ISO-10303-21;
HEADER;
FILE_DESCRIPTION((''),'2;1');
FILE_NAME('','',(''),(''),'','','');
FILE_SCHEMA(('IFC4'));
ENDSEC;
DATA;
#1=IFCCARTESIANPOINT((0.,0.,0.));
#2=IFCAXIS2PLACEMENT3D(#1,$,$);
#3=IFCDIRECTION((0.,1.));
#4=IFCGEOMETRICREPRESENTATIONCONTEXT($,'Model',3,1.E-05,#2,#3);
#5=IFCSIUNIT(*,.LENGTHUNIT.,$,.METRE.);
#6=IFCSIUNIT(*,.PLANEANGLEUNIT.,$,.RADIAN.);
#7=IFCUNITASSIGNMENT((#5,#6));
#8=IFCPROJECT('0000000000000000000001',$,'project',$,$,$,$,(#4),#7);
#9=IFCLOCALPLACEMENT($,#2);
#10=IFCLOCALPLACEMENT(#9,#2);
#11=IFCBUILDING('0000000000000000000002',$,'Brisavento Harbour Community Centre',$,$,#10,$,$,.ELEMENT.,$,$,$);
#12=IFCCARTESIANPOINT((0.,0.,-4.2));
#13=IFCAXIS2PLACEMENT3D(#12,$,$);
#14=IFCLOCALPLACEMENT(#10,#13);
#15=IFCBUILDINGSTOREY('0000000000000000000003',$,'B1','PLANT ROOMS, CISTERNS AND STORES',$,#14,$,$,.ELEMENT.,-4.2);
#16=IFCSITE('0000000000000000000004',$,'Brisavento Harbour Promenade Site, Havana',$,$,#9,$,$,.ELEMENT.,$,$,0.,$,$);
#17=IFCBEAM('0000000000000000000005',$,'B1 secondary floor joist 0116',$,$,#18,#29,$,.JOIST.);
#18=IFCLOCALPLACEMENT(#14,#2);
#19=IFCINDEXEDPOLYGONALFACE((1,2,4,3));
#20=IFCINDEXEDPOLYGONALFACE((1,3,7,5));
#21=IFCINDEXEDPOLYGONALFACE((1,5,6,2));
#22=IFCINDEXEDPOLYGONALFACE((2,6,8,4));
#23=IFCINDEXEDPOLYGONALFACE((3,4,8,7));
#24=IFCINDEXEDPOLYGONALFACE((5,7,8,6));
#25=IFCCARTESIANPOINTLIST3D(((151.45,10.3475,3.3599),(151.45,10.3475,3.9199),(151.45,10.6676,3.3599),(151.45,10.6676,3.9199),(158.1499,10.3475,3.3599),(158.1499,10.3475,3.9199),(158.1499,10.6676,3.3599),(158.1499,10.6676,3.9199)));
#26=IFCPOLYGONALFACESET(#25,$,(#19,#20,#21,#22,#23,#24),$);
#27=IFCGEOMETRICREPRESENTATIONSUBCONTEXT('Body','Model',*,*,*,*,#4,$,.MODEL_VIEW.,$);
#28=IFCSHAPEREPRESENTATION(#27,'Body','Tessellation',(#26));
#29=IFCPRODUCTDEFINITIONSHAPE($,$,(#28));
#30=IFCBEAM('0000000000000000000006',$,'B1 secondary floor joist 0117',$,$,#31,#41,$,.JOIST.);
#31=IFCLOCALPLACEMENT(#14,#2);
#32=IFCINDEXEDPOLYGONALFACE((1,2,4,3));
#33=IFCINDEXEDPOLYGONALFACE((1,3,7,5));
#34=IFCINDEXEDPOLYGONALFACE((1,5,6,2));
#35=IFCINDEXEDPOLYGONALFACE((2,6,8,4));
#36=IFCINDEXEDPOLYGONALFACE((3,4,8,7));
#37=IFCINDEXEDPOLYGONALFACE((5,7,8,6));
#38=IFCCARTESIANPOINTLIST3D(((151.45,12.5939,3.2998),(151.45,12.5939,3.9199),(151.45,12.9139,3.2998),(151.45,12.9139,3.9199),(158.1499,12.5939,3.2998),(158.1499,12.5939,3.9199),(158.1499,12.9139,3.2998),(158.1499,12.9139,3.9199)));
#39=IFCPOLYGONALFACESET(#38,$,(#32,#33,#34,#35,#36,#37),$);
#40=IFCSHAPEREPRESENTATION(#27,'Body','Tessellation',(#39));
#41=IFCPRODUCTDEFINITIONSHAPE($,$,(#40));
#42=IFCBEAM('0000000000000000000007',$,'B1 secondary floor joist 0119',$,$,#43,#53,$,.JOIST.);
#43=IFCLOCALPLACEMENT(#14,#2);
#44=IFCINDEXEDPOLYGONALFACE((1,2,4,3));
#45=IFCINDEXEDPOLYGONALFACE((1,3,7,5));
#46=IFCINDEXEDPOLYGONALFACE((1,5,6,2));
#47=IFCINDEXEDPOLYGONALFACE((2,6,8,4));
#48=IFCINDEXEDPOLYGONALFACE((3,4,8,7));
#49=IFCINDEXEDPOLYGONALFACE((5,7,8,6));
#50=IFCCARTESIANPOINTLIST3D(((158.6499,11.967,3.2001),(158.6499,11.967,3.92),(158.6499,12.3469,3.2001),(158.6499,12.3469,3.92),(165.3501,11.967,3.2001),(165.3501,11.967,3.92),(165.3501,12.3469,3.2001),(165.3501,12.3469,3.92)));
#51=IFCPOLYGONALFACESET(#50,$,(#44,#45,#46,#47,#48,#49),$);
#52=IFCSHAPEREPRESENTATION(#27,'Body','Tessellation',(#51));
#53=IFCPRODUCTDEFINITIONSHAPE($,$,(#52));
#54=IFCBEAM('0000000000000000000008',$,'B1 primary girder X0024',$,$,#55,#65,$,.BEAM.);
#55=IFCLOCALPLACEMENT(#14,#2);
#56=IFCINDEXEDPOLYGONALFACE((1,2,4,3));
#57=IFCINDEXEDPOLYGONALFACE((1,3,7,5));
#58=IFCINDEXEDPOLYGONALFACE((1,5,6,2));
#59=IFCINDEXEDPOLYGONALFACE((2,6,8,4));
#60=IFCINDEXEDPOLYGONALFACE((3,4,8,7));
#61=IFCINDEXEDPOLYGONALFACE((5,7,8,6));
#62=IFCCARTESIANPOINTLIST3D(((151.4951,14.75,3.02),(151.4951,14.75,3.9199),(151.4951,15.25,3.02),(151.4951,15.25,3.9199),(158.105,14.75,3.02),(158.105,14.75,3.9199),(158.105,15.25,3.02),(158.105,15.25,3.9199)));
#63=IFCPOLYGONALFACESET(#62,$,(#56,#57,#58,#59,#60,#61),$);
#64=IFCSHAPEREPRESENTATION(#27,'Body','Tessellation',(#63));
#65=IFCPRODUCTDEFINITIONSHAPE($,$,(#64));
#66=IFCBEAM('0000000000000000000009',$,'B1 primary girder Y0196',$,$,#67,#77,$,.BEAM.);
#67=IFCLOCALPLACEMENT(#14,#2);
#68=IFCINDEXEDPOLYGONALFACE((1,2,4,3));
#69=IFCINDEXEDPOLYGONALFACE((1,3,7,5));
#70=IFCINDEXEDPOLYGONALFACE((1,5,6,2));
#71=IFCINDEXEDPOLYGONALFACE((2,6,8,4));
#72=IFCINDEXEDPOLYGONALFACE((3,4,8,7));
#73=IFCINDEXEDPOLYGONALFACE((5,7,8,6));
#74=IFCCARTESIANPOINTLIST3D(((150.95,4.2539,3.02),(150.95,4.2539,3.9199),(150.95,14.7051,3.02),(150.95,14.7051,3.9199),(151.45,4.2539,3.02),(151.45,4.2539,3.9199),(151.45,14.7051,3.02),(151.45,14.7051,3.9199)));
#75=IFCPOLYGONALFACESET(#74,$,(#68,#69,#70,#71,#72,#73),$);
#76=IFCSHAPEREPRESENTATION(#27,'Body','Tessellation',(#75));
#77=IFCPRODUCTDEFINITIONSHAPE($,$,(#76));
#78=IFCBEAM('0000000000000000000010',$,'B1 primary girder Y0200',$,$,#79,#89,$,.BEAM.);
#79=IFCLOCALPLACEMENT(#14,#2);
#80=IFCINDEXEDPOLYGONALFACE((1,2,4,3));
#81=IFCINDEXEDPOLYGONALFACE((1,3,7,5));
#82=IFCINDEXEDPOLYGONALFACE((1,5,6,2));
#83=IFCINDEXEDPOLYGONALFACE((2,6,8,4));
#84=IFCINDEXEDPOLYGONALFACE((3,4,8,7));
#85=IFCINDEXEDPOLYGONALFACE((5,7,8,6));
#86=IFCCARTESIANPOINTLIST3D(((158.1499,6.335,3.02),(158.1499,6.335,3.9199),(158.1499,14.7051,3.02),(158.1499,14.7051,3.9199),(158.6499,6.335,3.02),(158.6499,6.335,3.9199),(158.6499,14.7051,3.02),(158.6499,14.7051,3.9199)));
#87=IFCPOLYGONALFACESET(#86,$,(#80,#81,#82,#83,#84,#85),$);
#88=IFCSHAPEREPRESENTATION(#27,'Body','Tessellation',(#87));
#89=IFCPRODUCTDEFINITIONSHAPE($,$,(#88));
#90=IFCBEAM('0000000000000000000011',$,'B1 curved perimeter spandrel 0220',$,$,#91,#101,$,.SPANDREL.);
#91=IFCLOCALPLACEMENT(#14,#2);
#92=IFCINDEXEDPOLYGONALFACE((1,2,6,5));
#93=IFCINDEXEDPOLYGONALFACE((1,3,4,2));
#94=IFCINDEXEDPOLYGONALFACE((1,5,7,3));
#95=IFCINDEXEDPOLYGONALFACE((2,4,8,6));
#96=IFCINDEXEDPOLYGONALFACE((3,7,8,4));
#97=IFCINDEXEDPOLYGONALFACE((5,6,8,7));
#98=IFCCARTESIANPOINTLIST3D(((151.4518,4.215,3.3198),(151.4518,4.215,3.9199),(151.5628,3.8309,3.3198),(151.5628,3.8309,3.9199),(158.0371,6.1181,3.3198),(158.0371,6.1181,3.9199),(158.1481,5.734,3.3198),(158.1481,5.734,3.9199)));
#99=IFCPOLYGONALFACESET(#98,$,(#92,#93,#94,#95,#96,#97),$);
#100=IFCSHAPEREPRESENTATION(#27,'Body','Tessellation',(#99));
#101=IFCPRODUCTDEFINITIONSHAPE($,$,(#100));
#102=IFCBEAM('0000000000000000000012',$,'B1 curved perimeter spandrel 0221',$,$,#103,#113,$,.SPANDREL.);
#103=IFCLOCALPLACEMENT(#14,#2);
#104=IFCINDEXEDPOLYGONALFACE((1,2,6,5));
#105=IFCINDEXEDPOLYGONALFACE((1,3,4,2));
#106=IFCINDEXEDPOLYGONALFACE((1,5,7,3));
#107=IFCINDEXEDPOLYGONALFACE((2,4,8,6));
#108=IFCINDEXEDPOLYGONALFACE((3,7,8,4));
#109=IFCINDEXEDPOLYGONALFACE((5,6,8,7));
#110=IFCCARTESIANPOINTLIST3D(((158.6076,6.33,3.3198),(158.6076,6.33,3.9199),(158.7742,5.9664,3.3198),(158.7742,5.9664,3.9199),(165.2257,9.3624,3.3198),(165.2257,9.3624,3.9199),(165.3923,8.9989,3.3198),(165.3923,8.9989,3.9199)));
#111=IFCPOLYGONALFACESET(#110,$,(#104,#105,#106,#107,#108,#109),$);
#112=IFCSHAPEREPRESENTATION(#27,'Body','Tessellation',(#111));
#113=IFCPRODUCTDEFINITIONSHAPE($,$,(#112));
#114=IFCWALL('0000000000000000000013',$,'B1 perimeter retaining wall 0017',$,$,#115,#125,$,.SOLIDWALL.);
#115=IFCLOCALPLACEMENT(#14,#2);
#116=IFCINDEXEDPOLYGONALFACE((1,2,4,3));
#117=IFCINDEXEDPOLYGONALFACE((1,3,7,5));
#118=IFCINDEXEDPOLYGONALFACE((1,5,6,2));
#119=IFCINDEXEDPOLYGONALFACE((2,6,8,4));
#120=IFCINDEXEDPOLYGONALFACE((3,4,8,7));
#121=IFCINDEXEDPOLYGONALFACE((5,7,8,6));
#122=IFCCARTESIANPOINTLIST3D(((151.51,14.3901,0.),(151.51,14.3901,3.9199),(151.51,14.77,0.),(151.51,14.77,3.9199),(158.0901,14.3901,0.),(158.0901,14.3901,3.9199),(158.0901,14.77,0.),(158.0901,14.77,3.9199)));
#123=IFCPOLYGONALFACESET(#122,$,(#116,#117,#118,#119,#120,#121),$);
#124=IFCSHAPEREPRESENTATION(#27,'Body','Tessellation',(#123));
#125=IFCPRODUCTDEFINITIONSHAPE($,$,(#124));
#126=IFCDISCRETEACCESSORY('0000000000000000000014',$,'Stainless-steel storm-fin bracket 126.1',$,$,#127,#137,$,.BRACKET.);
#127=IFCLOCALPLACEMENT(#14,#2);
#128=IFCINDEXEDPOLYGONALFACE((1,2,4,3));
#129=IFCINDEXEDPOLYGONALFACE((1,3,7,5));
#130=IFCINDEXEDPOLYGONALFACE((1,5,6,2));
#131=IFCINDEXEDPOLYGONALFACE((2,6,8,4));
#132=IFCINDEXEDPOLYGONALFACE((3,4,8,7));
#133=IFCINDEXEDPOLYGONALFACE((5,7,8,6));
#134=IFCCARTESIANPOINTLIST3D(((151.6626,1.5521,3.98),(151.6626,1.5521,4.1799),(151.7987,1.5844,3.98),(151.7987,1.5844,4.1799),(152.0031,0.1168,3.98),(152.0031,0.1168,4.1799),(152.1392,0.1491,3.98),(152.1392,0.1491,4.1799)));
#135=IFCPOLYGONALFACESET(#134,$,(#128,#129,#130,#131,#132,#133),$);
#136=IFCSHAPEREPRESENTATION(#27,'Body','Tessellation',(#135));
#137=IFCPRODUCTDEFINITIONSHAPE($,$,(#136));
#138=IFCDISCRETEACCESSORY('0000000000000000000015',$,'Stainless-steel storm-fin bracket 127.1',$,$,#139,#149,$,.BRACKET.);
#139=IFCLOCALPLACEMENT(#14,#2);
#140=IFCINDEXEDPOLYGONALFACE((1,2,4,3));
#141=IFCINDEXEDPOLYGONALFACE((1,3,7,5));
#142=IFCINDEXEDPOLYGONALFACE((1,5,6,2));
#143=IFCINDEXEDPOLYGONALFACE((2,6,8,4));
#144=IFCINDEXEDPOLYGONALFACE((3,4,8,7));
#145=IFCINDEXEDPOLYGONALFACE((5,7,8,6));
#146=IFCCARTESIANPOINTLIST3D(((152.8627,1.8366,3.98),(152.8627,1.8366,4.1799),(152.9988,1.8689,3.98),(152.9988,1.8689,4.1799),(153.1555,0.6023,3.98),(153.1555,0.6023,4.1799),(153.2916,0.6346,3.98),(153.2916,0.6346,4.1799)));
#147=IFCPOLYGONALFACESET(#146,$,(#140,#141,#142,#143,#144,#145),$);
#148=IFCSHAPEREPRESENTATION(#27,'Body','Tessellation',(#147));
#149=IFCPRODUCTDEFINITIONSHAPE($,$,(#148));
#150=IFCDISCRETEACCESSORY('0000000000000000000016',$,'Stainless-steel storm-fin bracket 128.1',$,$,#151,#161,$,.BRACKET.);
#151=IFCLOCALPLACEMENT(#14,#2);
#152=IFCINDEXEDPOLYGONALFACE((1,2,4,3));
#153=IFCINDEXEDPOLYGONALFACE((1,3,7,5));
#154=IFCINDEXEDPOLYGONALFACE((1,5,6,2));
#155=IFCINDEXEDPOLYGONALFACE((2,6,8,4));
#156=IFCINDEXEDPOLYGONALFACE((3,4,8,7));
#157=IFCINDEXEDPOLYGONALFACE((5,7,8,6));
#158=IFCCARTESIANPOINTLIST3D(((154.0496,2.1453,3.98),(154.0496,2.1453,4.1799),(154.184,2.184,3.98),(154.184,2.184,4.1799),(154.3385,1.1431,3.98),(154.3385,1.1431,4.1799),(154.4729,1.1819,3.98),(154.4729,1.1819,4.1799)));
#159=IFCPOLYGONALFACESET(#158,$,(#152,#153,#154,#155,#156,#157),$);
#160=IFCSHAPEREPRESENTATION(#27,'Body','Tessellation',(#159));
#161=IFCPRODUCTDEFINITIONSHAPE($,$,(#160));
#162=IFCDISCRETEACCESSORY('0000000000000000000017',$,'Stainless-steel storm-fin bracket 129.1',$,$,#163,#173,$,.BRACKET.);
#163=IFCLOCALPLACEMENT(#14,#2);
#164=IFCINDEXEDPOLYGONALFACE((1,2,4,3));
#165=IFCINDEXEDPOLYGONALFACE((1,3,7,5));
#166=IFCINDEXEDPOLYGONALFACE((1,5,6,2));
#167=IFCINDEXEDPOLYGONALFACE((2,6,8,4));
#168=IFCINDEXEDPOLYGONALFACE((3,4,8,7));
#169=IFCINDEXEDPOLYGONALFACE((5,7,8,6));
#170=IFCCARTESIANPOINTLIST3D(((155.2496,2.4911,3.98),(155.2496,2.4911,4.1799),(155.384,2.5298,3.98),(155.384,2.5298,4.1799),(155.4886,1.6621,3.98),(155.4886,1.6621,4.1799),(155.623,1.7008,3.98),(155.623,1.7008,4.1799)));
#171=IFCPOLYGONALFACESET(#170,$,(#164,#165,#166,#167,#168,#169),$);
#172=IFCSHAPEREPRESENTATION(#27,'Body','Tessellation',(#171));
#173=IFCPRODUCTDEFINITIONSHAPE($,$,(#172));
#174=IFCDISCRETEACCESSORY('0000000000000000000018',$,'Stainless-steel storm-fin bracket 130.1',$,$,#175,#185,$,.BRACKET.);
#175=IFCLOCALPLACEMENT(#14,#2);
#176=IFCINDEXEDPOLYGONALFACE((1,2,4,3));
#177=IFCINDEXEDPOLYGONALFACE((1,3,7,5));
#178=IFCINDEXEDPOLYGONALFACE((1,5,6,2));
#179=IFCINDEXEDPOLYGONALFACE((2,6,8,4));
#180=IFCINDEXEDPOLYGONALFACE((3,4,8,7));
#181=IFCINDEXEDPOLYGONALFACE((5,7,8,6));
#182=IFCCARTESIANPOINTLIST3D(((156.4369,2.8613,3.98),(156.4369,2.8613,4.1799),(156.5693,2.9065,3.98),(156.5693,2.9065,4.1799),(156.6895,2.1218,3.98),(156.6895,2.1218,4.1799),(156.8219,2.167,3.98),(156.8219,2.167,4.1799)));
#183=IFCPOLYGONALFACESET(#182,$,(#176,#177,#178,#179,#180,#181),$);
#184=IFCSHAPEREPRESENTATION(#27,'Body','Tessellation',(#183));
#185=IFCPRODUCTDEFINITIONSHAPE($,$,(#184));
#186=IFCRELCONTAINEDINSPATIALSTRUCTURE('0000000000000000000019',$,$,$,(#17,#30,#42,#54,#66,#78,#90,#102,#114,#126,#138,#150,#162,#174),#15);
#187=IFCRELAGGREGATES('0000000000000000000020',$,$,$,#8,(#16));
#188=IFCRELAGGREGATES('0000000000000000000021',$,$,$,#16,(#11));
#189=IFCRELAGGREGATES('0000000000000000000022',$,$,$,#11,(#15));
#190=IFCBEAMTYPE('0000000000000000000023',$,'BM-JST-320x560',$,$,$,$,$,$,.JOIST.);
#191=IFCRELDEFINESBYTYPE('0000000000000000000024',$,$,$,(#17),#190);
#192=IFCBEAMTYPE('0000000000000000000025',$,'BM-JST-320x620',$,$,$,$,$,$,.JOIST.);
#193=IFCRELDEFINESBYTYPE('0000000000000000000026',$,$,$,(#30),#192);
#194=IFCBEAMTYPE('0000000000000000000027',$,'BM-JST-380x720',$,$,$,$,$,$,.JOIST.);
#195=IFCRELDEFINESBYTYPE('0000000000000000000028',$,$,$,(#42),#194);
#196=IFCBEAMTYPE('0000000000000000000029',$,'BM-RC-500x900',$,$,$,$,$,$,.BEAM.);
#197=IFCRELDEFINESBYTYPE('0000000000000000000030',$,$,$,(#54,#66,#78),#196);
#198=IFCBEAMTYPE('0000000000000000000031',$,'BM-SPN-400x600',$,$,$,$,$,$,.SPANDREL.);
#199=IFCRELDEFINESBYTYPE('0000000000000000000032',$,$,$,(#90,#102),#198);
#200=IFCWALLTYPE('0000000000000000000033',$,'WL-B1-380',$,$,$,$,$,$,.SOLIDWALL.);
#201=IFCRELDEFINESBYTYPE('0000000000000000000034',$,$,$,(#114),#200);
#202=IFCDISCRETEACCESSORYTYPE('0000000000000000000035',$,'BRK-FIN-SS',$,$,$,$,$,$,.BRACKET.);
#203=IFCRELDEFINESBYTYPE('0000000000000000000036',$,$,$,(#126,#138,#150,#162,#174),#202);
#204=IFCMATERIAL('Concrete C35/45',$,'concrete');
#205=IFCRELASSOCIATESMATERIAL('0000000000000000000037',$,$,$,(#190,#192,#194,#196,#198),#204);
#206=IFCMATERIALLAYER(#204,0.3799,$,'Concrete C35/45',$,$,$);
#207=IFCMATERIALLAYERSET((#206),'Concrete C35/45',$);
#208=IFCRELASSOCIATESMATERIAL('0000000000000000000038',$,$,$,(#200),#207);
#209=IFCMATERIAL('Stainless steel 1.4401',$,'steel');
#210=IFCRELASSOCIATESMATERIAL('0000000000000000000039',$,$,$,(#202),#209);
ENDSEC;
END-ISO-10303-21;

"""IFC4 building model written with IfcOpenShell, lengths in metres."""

from ifc_helpers import new_model, si_unit, direction, frame, frame_2d, origin, origin_2d, place, context, subcontext, project, spatial, rectangle, extrude, material, layer, layer_set, material_profile, profile_set, type_object, element, save


model = new_model("IFC4")

# Units and contexts
model_context = context("Model", 3, precision=1e-05, world=origin(), true_north=direction((0.0, 1.0)))
body_context = subcontext(model_context, "Body", "Model", "MODEL_VIEW")
ifc_project = project(units=[si_unit("LENGTHUNIT", "METRE"), si_unit("PLANEANGLEUNIT", "RADIAN")], contexts=[model_context])

# Site, building, storey
site_placement = place(None, origin())
site = spatial("IfcSite", under=ifc_project, at=site_placement, Name="Brisavento Harbour Promenade Site, Havana", CompositionType="ELEMENT", RefElevation=0.0)
building_placement = place(site_placement, origin())
building = spatial("IfcBuilding", under=site, at=building_placement, Name="Brisavento Harbour Community Centre", CompositionType="ELEMENT")
storey_placement = place(building_placement, frame((0.0, 0.0, -4.2)))
storey = spatial("IfcBuildingStorey", under=building, at=storey_placement, Name="B1", Description="PLANT ROOMS, CISTERNS AND STORES", CompositionType="ELEMENT", Elevation=-4.2)

# Shared definitions
ifc_material_1 = material(Name="Concrete C35/45", Category="concrete")

# Beams
ifc_material_profile_1 = material_profile(ifc_material_1, rectangle(XDim=0.3201, YDim=0.5601, at=origin_2d()), Name="Concrete C35/45")
ifc_profile_set_1 = profile_set([ifc_material_profile_1], Name="Concrete C35/45")
beam_type_1 = type_object("IfcBeamType", Name="BM-JST-320x560", PredefinedType="JOIST", material=ifc_profile_set_1)
beam_1_placement = place(storey_placement, frame((151.45, 10.5076, 3.6399), z_axis=(1.0, 0.0, 0.0), x_axis=(0.0, 1.0, 0.0)))
element("IfcBeam", 1, at=beam_1_placement, inside=storey, type_object=beam_type_1, Name="B1 secondary floor joist 0116", PredefinedType="JOIST", context=body_context, shape_type="SweptSolid", body=[
    extrude(rectangle(XDim=0.3201, YDim=0.5601, at=origin_2d()), origin(), (0.0, 0.0, 1.0), 6.7),
])
ifc_material_profile_2 = material_profile(ifc_material_1, rectangle(XDim=0.3201, YDim=0.6201, at=origin_2d()), Name="Concrete C35/45")
ifc_profile_set_2 = profile_set([ifc_material_profile_2], Name="Concrete C35/45")
beam_type_2 = type_object("IfcBeamType", Name="BM-JST-320x620", PredefinedType="JOIST", material=ifc_profile_set_2)
beam_2_placement = place(storey_placement, frame((151.45, 12.7539, 3.6099), z_axis=(1.0, 0.0, 0.0), x_axis=(0.0, 1.0, 0.0)))
element("IfcBeam", 2, at=beam_2_placement, inside=storey, type_object=beam_type_2, Name="B1 secondary floor joist 0117", PredefinedType="JOIST", context=body_context, shape_type="SweptSolid", body=[
    extrude(rectangle(XDim=0.3201, YDim=0.6201, at=origin_2d()), origin(), (0.0, 0.0, 1.0), 6.7),
])
ifc_material_profile_3 = material_profile(ifc_material_1, rectangle(XDim=0.3799, YDim=0.72, at=origin_2d()), Name="Concrete C35/45")
ifc_profile_set_3 = profile_set([ifc_material_profile_3], Name="Concrete C35/45")
beam_type_3 = type_object("IfcBeamType", Name="BM-JST-380x720", PredefinedType="JOIST", material=ifc_profile_set_3)
beam_3_placement = place(storey_placement, frame((158.6499, 12.157, 3.5601), z_axis=(1.0, 0.0, 0.0), x_axis=(0.0, 1.0, 0.0)))
element("IfcBeam", 3, at=beam_3_placement, inside=storey, type_object=beam_type_3, Name="B1 secondary floor joist 0119", PredefinedType="JOIST", context=body_context, shape_type="SweptSolid", body=[
    extrude(rectangle(XDim=0.3799, YDim=0.72, at=origin_2d()), origin(), (0.0, 0.0, 1.0), 6.7002),
])
ifc_material_profile_4 = material_profile(ifc_material_1, rectangle(XDim=0.5, YDim=0.8999, at=origin_2d()), Name="Concrete C35/45")
ifc_profile_set_4 = profile_set([ifc_material_profile_4], Name="Concrete C35/45")
beam_type_4 = type_object("IfcBeamType", Name="BM-RC-500x900", PredefinedType="BEAM", material=ifc_profile_set_4)
beam_4_placement = place(storey_placement, frame((151.4951, 15.0, 3.47), z_axis=(1.0, 0.0, 0.0), x_axis=(0.0, 1.0, 0.0)))
element("IfcBeam", 4, at=beam_4_placement, inside=storey, type_object=beam_type_4, Name="B1 primary girder X0024", PredefinedType="BEAM", context=body_context, shape_type="SweptSolid", body=[
    extrude(rectangle(XDim=0.5, YDim=0.8999, at=origin_2d()), origin(), (0.0, 0.0, 1.0), 6.6099),
])
beam_5_placement = place(storey_placement, frame((151.2, 4.2539, 3.47), z_axis=(0.0, 1.0, 0.0), x_axis=(-1.0, 0.0, 0.0)))
element("IfcBeam", 5, at=beam_5_placement, inside=storey, type_object=beam_type_4, Name="B1 primary girder Y0196", PredefinedType="BEAM", context=body_context, shape_type="SweptSolid", body=[
    extrude(rectangle(XDim=0.5, YDim=0.8999, at=origin_2d()), origin(), (0.0, 0.0, 1.0), 10.4512),
])
beam_6_placement = place(storey_placement, frame((158.3999, 6.335, 3.47), z_axis=(0.0, 1.0, 0.0), x_axis=(-1.0, 0.0, 0.0)))
element("IfcBeam", 6, at=beam_6_placement, inside=storey, type_object=beam_type_4, Name="B1 primary girder Y0200", PredefinedType="BEAM", context=body_context, shape_type="SweptSolid", body=[
    extrude(rectangle(XDim=0.5, YDim=0.8999, at=origin_2d()), origin(), (0.0, 0.0, 1.0), 8.3701),
])
ifc_material_profile_5 = material_profile(ifc_material_1, rectangle(XDim=0.3999, YDim=0.6001, at=origin_2d()), Name="Concrete C35/45")
ifc_profile_set_5 = profile_set([ifc_material_profile_5], Name="Concrete C35/45")
beam_type_5 = type_object("IfcBeamType", Name="BM-SPN-400x600", PredefinedType="SPANDREL", material=ifc_profile_set_5)
beam_7_placement = place(storey_placement, frame((151.5073, 4.0229, 3.6199), z_axis=(0.960688, 0.277632, 0.0), x_axis=(-0.277632, 0.960688, 0.0)))
element("IfcBeam", 7, at=beam_7_placement, inside=storey, type_object=beam_type_5, Name="B1 curved perimeter spandrel 0220", PredefinedType="SPANDREL", context=body_context, shape_type="SweptSolid", body=[
    extrude(rectangle(XDim=0.3999, YDim=0.6001, at=origin_2d()), origin(), (0.0, 0.0, 1.0), 6.8547),
])
beam_8_placement = place(storey_placement, frame((158.6909, 6.1482, 3.6199), z_axis=(0.909109, 0.416558, 0.0), x_axis=(-0.416558, 0.909109, 0.0)))
element("IfcBeam", 8, at=beam_8_placement, inside=storey, type_object=beam_type_5, Name="B1 curved perimeter spandrel 0221", PredefinedType="SPANDREL", context=body_context, shape_type="SweptSolid", body=[
    extrude(rectangle(XDim=0.3999, YDim=0.6001, at=origin_2d()), origin(), (0.0, 0.0, 1.0), 7.2798),
])

# Wall
ifc_layer = layer(ifc_material_1, 0.3799, Name="Concrete C35/45")
ifc_layer_set = layer_set([ifc_layer], Name="Concrete C35/45")
wall_type = type_object("IfcWallType", Name="WL-B1-380", PredefinedType="SOLIDWALL", material=ifc_layer_set)
wall_placement = place(storey_placement, frame((158.0901, 14.5801, 0.0), z_axis=(0.0, 0.0, 1.0), x_axis=(-1.0, 0.0, 0.0)))
element("IfcWall", 9, at=wall_placement, inside=storey, type_object=wall_type, Name="B1 perimeter retaining wall 0017", PredefinedType="SOLIDWALL", context=body_context, shape_type="SweptSolid", body=[
    extrude(rectangle(XDim=6.5801, YDim=0.3799, at=frame_2d((3.29, 0.0))), origin(), (0.0, 0.0, 1.0), 3.9199),
])

# Discrete accessories
ifc_material_2 = material(Name="Stainless steel 1.4401", Category="steel")
discrete_accessory_type = type_object("IfcDiscreteAccessoryType", Name="BRK-FIN-SS", PredefinedType="BRACKET", material=ifc_material_2)
discrete_accessory_1_placement = place(storey_placement, frame((151.9009, 0.8506, 3.98), z_axis=(0.0, 0.0, 1.0), x_axis=(0.230831, -0.972994, 0.0)))
element("IfcDiscreteAccessory", 10, at=discrete_accessory_1_placement, inside=storey, type_object=discrete_accessory_type, Name="Stainless-steel storm-fin bracket 126.1", PredefinedType="BRACKET", context=body_context, shape_type="SweptSolid", body=[
    extrude(rectangle(XDim=1.4751, YDim=0.1399, at=origin_2d()), origin(), (0.0, 0.0, 1.0), 0.2),
])
discrete_accessory_2_placement = place(storey_placement, frame((153.0771, 1.2356, 3.98), z_axis=(0.0, 0.0, 1.0), x_axis=(0.230831, -0.972994, 0.0)))
element("IfcDiscreteAccessory", 11, at=discrete_accessory_2_placement, inside=storey, type_object=discrete_accessory_type, Name="Stainless-steel storm-fin bracket 127.1", PredefinedType="BRACKET", context=body_context, shape_type="SweptSolid", body=[
    extrude(rectangle(XDim=1.2686, YDim=0.1399, at=origin_2d()), origin(), (0.0, 0.0, 1.0), 0.2),
])
discrete_accessory_3_placement = place(storey_placement, frame((154.2612, 1.6636, 3.98), z_axis=(0.0, 0.0, 1.0), x_axis=(0.276996, -0.960871, 0.0)))
element("IfcDiscreteAccessory", 12, at=discrete_accessory_3_placement, inside=storey, type_object=discrete_accessory_type, Name="Stainless-steel storm-fin bracket 128.1", PredefinedType="BRACKET", context=body_context, shape_type="SweptSolid", body=[
    extrude(rectangle(XDim=1.043, YDim=0.1399, at=origin_2d()), origin(), (0.0, 0.0, 1.0), 0.2),
])
discrete_accessory_4_placement = place(storey_placement, frame((155.4363, 2.0959, 3.98), z_axis=(0.0, 0.0, 1.0), x_axis=(0.276996, -0.960871, 0.0)))
element("IfcDiscreteAccessory", 13, at=discrete_accessory_4_placement, inside=storey, type_object=discrete_accessory_type, Name="Stainless-steel storm-fin bracket 129.1", PredefinedType="BRACKET", context=body_context, shape_type="SweptSolid", body=[
    extrude(rectangle(XDim=0.8628, YDim=0.1399, at=origin_2d()), origin(), (0.0, 0.0, 1.0), 0.2),
])
discrete_accessory_5_placement = place(storey_placement, frame((156.6294, 2.5142, 3.98), z_axis=(0.0, 0.0, 1.0), x_axis=(0.323174, -0.946339, 0.0)))
element("IfcDiscreteAccessory", 14, at=discrete_accessory_5_placement, inside=storey, type_object=discrete_accessory_type, Name="Stainless-steel storm-fin bracket 130.1", PredefinedType="BRACKET", context=body_context, shape_type="SweptSolid", body=[
    extrude(rectangle(XDim=0.7815, YDim=0.1399, at=origin_2d()), origin(), (0.0, 0.0, 1.0), 0.2),
])

save(model, "model.ifc")
